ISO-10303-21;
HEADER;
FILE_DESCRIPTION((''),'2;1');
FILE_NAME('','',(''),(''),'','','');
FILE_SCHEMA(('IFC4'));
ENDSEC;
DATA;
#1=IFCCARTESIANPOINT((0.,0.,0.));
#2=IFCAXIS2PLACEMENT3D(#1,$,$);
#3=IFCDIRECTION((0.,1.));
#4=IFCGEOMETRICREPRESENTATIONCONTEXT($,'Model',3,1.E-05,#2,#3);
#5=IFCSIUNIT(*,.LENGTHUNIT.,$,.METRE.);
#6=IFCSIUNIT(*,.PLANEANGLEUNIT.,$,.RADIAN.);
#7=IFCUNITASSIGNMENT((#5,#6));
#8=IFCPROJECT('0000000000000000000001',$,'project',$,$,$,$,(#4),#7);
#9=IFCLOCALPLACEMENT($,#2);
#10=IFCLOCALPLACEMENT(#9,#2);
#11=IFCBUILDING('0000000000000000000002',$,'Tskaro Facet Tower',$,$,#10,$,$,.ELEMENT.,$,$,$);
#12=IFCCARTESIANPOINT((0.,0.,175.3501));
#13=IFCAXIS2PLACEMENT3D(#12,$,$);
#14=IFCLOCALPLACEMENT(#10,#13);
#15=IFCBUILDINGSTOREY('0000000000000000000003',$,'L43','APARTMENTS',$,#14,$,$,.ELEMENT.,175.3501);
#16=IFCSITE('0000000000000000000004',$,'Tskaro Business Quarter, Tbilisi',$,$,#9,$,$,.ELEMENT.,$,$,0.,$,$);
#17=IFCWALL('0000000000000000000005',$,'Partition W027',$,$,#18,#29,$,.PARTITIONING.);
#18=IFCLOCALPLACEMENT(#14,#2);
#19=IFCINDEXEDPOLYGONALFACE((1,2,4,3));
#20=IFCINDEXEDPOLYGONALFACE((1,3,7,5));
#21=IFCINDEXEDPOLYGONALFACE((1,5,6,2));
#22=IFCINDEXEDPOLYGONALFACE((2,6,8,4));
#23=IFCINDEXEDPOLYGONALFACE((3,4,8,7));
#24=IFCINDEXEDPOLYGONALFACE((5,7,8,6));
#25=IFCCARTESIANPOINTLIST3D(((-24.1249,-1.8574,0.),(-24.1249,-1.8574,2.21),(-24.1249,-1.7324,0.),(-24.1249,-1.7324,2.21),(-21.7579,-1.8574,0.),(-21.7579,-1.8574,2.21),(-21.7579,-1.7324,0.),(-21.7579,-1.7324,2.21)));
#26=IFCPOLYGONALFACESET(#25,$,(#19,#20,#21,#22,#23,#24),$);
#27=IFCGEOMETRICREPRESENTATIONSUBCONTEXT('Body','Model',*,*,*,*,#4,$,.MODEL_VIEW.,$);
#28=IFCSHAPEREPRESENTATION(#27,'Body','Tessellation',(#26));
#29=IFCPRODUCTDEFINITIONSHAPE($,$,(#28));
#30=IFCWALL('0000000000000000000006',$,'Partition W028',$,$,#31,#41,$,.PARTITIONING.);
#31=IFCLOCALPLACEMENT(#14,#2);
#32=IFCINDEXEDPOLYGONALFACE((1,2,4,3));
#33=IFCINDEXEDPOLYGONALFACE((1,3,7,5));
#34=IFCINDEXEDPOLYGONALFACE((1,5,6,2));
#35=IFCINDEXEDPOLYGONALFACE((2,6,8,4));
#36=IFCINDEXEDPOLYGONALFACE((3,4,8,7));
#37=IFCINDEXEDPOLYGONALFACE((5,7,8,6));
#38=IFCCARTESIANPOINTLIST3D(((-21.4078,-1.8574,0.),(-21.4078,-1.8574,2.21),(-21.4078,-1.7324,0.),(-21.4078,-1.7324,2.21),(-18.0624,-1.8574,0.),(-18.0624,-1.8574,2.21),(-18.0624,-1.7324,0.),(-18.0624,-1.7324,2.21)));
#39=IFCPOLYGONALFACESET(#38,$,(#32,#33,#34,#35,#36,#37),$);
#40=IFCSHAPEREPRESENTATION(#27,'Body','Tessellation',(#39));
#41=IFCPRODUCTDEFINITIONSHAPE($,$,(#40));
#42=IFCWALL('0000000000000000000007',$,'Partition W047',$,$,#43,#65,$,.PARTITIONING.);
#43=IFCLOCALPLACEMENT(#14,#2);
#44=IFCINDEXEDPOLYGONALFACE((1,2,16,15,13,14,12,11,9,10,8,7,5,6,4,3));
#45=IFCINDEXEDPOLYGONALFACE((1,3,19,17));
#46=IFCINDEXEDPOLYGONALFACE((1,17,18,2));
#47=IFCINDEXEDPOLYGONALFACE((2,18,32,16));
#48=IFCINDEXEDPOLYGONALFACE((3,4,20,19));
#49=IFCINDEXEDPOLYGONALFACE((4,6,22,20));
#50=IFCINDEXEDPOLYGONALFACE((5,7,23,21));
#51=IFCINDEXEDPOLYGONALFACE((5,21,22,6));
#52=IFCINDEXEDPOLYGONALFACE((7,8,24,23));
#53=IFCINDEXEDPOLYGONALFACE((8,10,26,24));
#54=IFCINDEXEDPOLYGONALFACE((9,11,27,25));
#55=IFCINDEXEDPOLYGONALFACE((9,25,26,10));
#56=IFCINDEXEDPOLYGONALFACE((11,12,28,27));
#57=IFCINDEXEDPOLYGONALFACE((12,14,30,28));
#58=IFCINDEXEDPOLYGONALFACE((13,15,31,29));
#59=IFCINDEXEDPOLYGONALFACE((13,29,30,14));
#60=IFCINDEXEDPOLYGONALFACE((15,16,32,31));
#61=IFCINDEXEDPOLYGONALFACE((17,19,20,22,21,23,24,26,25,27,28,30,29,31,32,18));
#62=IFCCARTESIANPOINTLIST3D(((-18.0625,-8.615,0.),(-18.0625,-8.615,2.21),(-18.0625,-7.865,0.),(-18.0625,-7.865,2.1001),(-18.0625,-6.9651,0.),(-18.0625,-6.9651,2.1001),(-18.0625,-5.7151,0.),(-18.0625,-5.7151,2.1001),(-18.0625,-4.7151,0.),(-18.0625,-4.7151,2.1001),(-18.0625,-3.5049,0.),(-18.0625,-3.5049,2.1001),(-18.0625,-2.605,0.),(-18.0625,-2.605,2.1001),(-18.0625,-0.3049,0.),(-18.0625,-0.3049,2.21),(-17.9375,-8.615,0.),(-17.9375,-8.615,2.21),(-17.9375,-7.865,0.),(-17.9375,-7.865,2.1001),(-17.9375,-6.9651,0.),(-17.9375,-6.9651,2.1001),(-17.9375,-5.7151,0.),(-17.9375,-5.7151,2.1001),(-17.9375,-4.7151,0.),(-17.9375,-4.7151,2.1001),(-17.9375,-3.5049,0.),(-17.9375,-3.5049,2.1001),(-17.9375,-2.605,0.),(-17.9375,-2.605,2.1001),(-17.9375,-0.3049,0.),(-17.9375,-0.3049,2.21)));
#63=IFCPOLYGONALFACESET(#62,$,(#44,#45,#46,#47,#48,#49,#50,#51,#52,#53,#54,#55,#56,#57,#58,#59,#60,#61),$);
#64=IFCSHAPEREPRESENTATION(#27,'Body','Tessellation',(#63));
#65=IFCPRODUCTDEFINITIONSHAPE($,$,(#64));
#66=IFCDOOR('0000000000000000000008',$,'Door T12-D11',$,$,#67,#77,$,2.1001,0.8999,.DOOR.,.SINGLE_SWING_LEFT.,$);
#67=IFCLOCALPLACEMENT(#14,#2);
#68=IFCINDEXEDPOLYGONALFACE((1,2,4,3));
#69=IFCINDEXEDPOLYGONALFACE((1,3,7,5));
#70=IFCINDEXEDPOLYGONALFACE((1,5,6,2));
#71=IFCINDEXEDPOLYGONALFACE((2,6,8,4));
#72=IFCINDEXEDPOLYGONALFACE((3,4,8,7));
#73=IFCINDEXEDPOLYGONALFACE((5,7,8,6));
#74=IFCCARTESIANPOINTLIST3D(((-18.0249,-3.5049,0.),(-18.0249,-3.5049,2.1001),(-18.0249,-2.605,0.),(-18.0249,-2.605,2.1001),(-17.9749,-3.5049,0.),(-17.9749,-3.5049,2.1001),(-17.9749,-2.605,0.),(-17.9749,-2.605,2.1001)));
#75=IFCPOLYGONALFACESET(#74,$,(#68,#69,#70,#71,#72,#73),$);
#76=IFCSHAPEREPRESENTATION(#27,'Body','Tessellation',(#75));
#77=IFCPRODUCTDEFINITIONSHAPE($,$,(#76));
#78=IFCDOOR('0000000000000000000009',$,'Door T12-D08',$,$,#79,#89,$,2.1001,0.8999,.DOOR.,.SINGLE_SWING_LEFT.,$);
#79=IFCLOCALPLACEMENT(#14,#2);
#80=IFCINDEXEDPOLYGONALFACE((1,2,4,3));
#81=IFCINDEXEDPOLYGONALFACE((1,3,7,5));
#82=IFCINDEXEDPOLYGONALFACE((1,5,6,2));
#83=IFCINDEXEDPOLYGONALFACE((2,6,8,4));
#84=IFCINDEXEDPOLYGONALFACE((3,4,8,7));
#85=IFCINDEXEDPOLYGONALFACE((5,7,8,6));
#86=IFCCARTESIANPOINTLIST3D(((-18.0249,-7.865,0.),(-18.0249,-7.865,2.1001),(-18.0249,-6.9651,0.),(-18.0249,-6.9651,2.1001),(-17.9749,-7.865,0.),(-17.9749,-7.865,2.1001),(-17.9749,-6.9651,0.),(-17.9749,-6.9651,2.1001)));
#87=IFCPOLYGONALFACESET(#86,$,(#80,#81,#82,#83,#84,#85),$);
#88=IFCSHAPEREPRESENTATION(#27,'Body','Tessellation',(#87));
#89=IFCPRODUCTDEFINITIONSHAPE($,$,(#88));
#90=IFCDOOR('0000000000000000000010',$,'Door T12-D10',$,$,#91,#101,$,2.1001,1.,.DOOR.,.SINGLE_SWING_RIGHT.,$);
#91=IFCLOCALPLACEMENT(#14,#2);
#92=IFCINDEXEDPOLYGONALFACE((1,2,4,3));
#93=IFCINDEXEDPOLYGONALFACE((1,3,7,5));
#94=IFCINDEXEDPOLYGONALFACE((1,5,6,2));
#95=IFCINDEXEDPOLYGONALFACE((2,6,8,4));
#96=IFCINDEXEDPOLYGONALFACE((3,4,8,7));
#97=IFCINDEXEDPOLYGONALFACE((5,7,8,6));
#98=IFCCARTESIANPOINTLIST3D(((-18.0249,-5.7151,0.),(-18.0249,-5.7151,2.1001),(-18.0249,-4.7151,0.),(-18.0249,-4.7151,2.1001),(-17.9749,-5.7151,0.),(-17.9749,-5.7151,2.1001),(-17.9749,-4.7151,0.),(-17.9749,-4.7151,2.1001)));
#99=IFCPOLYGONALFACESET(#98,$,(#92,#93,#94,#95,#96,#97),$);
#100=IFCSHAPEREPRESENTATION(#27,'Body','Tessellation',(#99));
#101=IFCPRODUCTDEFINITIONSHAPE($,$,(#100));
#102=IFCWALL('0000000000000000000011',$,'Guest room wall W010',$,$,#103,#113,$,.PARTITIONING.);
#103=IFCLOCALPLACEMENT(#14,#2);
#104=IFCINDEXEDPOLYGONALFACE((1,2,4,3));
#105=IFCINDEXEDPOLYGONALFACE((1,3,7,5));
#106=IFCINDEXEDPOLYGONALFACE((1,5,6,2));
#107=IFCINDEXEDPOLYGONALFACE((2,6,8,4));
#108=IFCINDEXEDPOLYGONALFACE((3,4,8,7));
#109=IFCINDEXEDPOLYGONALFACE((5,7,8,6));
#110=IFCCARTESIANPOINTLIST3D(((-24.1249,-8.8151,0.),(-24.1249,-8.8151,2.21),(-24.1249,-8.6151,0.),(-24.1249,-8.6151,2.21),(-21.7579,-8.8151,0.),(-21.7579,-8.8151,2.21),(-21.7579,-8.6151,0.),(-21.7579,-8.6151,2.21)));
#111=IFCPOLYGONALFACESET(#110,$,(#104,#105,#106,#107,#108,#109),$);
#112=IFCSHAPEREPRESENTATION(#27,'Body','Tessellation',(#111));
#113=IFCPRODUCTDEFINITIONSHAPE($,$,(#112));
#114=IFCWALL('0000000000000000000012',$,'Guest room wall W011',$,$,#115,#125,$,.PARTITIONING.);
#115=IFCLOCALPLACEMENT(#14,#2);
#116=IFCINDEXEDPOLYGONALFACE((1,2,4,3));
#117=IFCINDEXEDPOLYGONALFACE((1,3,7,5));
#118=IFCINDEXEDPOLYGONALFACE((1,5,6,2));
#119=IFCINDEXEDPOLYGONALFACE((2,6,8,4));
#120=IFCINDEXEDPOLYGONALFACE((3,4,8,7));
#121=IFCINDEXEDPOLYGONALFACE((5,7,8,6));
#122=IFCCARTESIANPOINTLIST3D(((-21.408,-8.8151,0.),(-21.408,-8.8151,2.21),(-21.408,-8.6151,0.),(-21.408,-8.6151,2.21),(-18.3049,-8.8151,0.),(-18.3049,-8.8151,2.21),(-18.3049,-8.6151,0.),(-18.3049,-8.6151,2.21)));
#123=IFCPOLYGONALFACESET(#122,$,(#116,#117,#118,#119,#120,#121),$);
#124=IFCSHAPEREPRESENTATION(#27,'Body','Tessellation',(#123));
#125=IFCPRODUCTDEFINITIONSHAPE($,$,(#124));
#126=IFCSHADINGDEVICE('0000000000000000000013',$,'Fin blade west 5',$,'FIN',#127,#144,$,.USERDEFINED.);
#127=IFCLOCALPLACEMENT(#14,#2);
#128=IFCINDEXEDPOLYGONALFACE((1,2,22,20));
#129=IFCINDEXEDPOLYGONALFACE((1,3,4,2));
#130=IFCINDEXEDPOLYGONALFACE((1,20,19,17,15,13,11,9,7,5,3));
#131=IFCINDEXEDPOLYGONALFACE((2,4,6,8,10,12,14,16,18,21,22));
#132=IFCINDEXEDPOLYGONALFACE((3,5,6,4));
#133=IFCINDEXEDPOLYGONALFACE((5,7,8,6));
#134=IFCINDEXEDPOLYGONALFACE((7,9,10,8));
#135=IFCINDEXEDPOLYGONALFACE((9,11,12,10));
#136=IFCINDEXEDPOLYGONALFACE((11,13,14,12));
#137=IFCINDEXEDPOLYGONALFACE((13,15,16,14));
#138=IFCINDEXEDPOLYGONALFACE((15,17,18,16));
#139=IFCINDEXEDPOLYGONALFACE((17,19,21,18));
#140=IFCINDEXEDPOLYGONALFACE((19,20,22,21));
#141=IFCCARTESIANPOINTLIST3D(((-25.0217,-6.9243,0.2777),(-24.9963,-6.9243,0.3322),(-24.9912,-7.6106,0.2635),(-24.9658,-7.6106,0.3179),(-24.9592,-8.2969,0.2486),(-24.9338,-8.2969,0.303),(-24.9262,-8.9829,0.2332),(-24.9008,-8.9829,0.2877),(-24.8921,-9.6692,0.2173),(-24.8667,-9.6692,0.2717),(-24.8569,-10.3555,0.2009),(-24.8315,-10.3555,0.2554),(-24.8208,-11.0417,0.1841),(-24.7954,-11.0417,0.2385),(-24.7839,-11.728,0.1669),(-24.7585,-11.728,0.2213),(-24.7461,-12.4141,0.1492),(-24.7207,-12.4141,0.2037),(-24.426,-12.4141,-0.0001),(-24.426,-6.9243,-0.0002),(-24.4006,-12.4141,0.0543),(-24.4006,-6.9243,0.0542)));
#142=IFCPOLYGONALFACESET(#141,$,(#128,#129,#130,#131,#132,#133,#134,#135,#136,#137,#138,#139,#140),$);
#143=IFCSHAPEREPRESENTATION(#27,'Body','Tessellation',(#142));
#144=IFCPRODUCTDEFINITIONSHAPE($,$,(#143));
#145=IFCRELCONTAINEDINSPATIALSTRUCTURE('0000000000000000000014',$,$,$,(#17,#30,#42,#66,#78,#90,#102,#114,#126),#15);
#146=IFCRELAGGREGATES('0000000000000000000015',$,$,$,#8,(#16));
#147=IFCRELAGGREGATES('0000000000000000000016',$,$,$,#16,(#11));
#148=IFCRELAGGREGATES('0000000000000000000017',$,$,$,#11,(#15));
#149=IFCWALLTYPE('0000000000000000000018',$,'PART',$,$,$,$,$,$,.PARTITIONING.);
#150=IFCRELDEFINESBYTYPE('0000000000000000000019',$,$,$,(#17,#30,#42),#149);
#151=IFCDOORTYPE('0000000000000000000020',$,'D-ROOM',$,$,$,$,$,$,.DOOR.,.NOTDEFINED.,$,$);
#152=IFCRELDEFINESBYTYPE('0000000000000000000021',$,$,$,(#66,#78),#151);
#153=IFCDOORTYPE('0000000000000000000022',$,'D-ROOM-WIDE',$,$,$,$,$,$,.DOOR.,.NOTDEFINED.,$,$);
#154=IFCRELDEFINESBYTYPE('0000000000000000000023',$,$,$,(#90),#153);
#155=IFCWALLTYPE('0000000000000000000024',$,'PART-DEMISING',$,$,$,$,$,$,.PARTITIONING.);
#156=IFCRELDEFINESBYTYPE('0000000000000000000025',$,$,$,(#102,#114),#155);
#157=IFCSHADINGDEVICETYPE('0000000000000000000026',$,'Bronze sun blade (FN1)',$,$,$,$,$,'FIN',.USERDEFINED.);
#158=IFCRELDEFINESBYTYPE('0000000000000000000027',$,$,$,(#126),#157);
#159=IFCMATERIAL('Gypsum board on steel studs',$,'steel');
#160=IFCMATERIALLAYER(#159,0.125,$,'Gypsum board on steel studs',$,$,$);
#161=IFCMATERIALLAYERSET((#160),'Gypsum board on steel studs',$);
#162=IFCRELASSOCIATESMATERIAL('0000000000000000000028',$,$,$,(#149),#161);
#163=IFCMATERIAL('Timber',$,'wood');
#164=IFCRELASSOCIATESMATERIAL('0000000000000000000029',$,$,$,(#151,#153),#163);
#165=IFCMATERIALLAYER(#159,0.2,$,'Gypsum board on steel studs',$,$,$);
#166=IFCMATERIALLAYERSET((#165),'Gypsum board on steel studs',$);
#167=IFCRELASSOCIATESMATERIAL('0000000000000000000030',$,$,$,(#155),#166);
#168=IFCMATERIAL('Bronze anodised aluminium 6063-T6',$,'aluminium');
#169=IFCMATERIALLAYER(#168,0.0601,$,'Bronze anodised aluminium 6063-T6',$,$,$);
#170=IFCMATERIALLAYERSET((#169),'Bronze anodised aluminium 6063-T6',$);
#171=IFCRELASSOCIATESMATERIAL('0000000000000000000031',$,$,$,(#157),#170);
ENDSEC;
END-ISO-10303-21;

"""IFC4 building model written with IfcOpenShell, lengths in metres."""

from ifc_helpers import new_model, si_unit, direction, frame, frame_2d, origin, place, context, subcontext, project, spatial, polyline, rectangle, outline, extrude, material, layer, layer_set, type_object, element, fill, save


model = new_model("IFC4")

# Units and contexts
model_context = context("Model", 3, precision=1e-05, world=origin(), true_north=direction((0.0, 1.0)))
body_context = subcontext(model_context, "Body", "Model", "MODEL_VIEW")
ifc_project = project(units=[si_unit("LENGTHUNIT", "METRE"), si_unit("PLANEANGLEUNIT", "RADIAN")], contexts=[model_context])

# Site, building, storey
site_placement = place(None, origin())
site = spatial("IfcSite", under=ifc_project, at=site_placement, Name="Tskaro Business Quarter, Tbilisi", CompositionType="ELEMENT", RefElevation=0.0)
building_placement = place(site_placement, origin())
building = spatial("IfcBuilding", under=site, at=building_placement, Name="Tskaro Facet Tower", CompositionType="ELEMENT")
storey_placement = place(building_placement, frame((0.0, 0.0, 175.3501)))
storey = spatial("IfcBuildingStorey", under=building, at=storey_placement, Name="L43", Description="APARTMENTS", CompositionType="ELEMENT", Elevation=175.3501)

# Shared definitions
ifc_material_1 = material(Name="Bronze anodised aluminium 6063-T6", Category="aluminium")

# Walls
ifc_material_2 = material(Name="Gypsum board on steel studs", Category="steel")
ifc_layer_1 = layer(ifc_material_2, 0.125, Name="Gypsum board on steel studs")
ifc_layer_set_1 = layer_set([ifc_layer_1], Name="Gypsum board on steel studs")
wall_type_1 = type_object("IfcWallType", Name="PART", PredefinedType="PARTITIONING", material=ifc_layer_set_1)
wall_1_placement = place(storey_placement, frame((-24.125, -1.7949, 0.0), z_axis=(0.0, 0.0, 1.0), x_axis=(1.0, 0.0, 0.0)))
element("IfcWall", 1, at=wall_1_placement, inside=storey, type_object=wall_type_1, Name="Partition W027", PredefinedType="PARTITIONING", context=body_context, shape_type="SweptSolid", body=[
    extrude(rectangle(XDim=2.3669, YDim=0.125, at=frame_2d((1.1836, 0.0))), origin(), (0.0, 0.0, 1.0), 2.21),
])
wall_2_placement = place(storey_placement, frame((-21.408, -1.7949, 0.0), z_axis=(0.0, 0.0, 1.0), x_axis=(1.0, 0.0, 0.0)))
element("IfcWall", 2, at=wall_2_placement, inside=storey, type_object=wall_type_1, Name="Partition W028", PredefinedType="PARTITIONING", context=body_context, shape_type="SweptSolid", body=[
    extrude(rectangle(XDim=3.3455, YDim=0.125, at=frame_2d((1.6729, 0.0))), origin(), (0.0, 0.0, 1.0), 2.21),
])

# Wall, openings, doors
wall_3_placement = place(storey_placement, frame((-18.0, -8.615, 0.0), z_axis=(0.0, 0.0, 1.0), x_axis=(0.0, 1.0, 0.0)))
wall_3 = element("IfcWall", 3, at=wall_3_placement, inside=storey, type_object=wall_type_1, Name="Partition W047", PredefinedType="PARTITIONING", context=body_context, shape_type="SweptSolid", body=[
    extrude(rectangle(XDim=8.3101, YDim=0.125, at=frame_2d((4.155, 0.0))), origin(), (0.0, 0.0, 1.0), 2.21),
])
opening_1_placement = place(wall_3_placement, frame((5.1101, 0.0, 0.0)))
opening_1 = element("IfcOpeningElement", 4, at=opening_1_placement, cuts=wall_3, PredefinedType="OPENING", context=body_context, shape_type="SweptSolid", body=[
    extrude(rectangle(XDim=0.8999, YDim=2.1001, at=frame_2d((0.45, 1.05))), frame((0.0, 0.0725, 0.0), z_axis=(0.0, -1.0, 0.0), x_axis=(1.0, 0.0, 0.0)), (0.0, 0.0, 1.0), 0.145),
])
opening_2_placement = place(wall_3_placement, frame((2.8999, 0.0, 0.0)))
opening_2 = element("IfcOpeningElement", 5, at=opening_2_placement, cuts=wall_3, PredefinedType="OPENING", context=body_context, shape_type="SweptSolid", body=[
    extrude(rectangle(XDim=1.0, YDim=2.1001, at=frame_2d((0.5, 1.05))), frame((0.0, 0.0725, 0.0), z_axis=(0.0, -1.0, 0.0), x_axis=(1.0, 0.0, 0.0)), (0.0, 0.0, 1.0), 0.145),
])
opening_3_placement = place(wall_3_placement, frame((0.75, 0.0, 0.0)))
opening_3 = element("IfcOpeningElement", 6, at=opening_3_placement, cuts=wall_3, PredefinedType="OPENING", context=body_context, shape_type="SweptSolid", body=[
    extrude(rectangle(XDim=0.8999, YDim=2.1001, at=frame_2d((0.45, 1.05))), frame((0.0, 0.0725, 0.0), z_axis=(0.0, -1.0, 0.0), x_axis=(1.0, 0.0, 0.0)), (0.0, 0.0, 1.0), 0.145),
])
ifc_material_3 = material(Name="Timber", Category="wood")
door_type_1 = type_object("IfcDoorType", Name="D-ROOM", OperationType="NOTDEFINED", PredefinedType="DOOR", material=ifc_material_3)
door_1_placement = place(opening_1_placement, origin())
door_1 = element("IfcDoor", 7, at=door_1_placement, inside=storey, type_object=door_type_1, Name="Door T12-D11", OperationType="SINGLE_SWING_LEFT", OverallHeight=2.1001, OverallWidth=0.8999, PredefinedType="DOOR", context=body_context, shape_type="SweptSolid", body=[
    extrude(rectangle(XDim=0.8999, YDim=2.1001, at=frame_2d((0.45, 1.05))), frame((0.0, 0.0249, 0.0), z_axis=(0.0, -1.0, 0.0), x_axis=(1.0, 0.0, 0.0)), (0.0, 0.0, 1.0), 0.05),
])
fill(opening_1, door_1)
door_2_placement = place(opening_3_placement, origin())
door_2 = element("IfcDoor", 8, at=door_2_placement, inside=storey, type_object=door_type_1, Name="Door T12-D08", OperationType="SINGLE_SWING_LEFT", OverallHeight=2.1001, OverallWidth=0.8999, PredefinedType="DOOR", context=body_context, shape_type="SweptSolid", body=[
    extrude(rectangle(XDim=0.8999, YDim=2.1001, at=frame_2d((0.45, 1.05))), frame((0.0, 0.0249, 0.0), z_axis=(0.0, -1.0, 0.0), x_axis=(1.0, 0.0, 0.0)), (0.0, 0.0, 1.0), 0.05),
])
fill(opening_3, door_2)
door_type_2 = type_object("IfcDoorType", Name="D-ROOM-WIDE", OperationType="NOTDEFINED", PredefinedType="DOOR", material=ifc_material_3)
door_3_placement = place(opening_2_placement, origin())
door_3 = element("IfcDoor", 9, at=door_3_placement, inside=storey, type_object=door_type_2, Name="Door T12-D10", OperationType="SINGLE_SWING_RIGHT", OverallHeight=2.1001, OverallWidth=1.0, PredefinedType="DOOR", context=body_context, shape_type="SweptSolid", body=[
    extrude(rectangle(XDim=1.0, YDim=2.1001, at=frame_2d((0.5, 1.05))), frame((0.0, 0.0249, 0.0), z_axis=(0.0, -1.0, 0.0), x_axis=(1.0, 0.0, 0.0)), (0.0, 0.0, 1.0), 0.05),
])
fill(opening_2, door_3)

# Walls
ifc_layer_2 = layer(ifc_material_2, 0.2, Name="Gypsum board on steel studs")
ifc_layer_set_2 = layer_set([ifc_layer_2], Name="Gypsum board on steel studs")
wall_type_2 = type_object("IfcWallType", Name="PART-DEMISING", PredefinedType="PARTITIONING", material=ifc_layer_set_2)
wall_4_placement = place(storey_placement, frame((-24.125, -8.7151, 0.0), z_axis=(0.0, 0.0, 1.0), x_axis=(1.0, 0.0, 0.0)))
element("IfcWall", 10, at=wall_4_placement, inside=storey, type_object=wall_type_2, Name="Guest room wall W010", PredefinedType="PARTITIONING", context=body_context, shape_type="SweptSolid", body=[
    extrude(rectangle(XDim=2.3669, YDim=0.2, at=frame_2d((1.1836, 0.0))), origin(), (0.0, 0.0, 1.0), 2.21),
])
wall_5_placement = place(storey_placement, frame((-21.408, -8.7151, 0.0), z_axis=(0.0, 0.0, 1.0), x_axis=(1.0, 0.0, 0.0)))
element("IfcWall", 11, at=wall_5_placement, inside=storey, type_object=wall_type_2, Name="Guest room wall W011", PredefinedType="PARTITIONING", context=body_context, shape_type="SweptSolid", body=[
    extrude(rectangle(XDim=3.103, YDim=0.2, at=frame_2d((1.5515, 0.0))), origin(), (0.0, 0.0, 1.0), 2.21),
])

# Shading device
ifc_layer_3 = layer(ifc_material_1, 0.0601, Name="Bronze anodised aluminium 6063-T6")
ifc_layer_set_3 = layer_set([ifc_layer_3], Name="Bronze anodised aluminium 6063-T6")
shading_device_type = type_object("IfcShadingDeviceType", Name="Bronze sun blade (FN1)", ElementType="FIN", PredefinedType="USERDEFINED", material=ifc_layer_set_3)
shading_device_placement = place(storey_placement, frame((-24.4006, -6.9243, 0.0542), z_axis=(0.422874, 0.00002, 0.906188), x_axis=(0.000008, -1.0, 0.000018)))
element("IfcShadingDevice", 12, at=shading_device_placement, inside=storey, type_object=shading_device_type, Name="Fin blade west 5", ObjectType="FIN", PredefinedType="USERDEFINED", context=body_context, shape_type="SweptSolid", body=[
    extrude(outline(polyline([(0.0, 0.0), (5.4897, 0.0), (5.4897, -0.3532), (4.8037, -0.395), (4.1174, -0.4357), (3.4312, -0.4756), (2.7449, -0.5143), (2.0586, -0.552), (1.3726, -0.5884), (0.6863, -0.6237), (0.0, -0.6573), (0.0, 0.0)])), origin(), (0.0, 0.0, -1.0), 0.0601),
])

save(model, "model.ifc")
